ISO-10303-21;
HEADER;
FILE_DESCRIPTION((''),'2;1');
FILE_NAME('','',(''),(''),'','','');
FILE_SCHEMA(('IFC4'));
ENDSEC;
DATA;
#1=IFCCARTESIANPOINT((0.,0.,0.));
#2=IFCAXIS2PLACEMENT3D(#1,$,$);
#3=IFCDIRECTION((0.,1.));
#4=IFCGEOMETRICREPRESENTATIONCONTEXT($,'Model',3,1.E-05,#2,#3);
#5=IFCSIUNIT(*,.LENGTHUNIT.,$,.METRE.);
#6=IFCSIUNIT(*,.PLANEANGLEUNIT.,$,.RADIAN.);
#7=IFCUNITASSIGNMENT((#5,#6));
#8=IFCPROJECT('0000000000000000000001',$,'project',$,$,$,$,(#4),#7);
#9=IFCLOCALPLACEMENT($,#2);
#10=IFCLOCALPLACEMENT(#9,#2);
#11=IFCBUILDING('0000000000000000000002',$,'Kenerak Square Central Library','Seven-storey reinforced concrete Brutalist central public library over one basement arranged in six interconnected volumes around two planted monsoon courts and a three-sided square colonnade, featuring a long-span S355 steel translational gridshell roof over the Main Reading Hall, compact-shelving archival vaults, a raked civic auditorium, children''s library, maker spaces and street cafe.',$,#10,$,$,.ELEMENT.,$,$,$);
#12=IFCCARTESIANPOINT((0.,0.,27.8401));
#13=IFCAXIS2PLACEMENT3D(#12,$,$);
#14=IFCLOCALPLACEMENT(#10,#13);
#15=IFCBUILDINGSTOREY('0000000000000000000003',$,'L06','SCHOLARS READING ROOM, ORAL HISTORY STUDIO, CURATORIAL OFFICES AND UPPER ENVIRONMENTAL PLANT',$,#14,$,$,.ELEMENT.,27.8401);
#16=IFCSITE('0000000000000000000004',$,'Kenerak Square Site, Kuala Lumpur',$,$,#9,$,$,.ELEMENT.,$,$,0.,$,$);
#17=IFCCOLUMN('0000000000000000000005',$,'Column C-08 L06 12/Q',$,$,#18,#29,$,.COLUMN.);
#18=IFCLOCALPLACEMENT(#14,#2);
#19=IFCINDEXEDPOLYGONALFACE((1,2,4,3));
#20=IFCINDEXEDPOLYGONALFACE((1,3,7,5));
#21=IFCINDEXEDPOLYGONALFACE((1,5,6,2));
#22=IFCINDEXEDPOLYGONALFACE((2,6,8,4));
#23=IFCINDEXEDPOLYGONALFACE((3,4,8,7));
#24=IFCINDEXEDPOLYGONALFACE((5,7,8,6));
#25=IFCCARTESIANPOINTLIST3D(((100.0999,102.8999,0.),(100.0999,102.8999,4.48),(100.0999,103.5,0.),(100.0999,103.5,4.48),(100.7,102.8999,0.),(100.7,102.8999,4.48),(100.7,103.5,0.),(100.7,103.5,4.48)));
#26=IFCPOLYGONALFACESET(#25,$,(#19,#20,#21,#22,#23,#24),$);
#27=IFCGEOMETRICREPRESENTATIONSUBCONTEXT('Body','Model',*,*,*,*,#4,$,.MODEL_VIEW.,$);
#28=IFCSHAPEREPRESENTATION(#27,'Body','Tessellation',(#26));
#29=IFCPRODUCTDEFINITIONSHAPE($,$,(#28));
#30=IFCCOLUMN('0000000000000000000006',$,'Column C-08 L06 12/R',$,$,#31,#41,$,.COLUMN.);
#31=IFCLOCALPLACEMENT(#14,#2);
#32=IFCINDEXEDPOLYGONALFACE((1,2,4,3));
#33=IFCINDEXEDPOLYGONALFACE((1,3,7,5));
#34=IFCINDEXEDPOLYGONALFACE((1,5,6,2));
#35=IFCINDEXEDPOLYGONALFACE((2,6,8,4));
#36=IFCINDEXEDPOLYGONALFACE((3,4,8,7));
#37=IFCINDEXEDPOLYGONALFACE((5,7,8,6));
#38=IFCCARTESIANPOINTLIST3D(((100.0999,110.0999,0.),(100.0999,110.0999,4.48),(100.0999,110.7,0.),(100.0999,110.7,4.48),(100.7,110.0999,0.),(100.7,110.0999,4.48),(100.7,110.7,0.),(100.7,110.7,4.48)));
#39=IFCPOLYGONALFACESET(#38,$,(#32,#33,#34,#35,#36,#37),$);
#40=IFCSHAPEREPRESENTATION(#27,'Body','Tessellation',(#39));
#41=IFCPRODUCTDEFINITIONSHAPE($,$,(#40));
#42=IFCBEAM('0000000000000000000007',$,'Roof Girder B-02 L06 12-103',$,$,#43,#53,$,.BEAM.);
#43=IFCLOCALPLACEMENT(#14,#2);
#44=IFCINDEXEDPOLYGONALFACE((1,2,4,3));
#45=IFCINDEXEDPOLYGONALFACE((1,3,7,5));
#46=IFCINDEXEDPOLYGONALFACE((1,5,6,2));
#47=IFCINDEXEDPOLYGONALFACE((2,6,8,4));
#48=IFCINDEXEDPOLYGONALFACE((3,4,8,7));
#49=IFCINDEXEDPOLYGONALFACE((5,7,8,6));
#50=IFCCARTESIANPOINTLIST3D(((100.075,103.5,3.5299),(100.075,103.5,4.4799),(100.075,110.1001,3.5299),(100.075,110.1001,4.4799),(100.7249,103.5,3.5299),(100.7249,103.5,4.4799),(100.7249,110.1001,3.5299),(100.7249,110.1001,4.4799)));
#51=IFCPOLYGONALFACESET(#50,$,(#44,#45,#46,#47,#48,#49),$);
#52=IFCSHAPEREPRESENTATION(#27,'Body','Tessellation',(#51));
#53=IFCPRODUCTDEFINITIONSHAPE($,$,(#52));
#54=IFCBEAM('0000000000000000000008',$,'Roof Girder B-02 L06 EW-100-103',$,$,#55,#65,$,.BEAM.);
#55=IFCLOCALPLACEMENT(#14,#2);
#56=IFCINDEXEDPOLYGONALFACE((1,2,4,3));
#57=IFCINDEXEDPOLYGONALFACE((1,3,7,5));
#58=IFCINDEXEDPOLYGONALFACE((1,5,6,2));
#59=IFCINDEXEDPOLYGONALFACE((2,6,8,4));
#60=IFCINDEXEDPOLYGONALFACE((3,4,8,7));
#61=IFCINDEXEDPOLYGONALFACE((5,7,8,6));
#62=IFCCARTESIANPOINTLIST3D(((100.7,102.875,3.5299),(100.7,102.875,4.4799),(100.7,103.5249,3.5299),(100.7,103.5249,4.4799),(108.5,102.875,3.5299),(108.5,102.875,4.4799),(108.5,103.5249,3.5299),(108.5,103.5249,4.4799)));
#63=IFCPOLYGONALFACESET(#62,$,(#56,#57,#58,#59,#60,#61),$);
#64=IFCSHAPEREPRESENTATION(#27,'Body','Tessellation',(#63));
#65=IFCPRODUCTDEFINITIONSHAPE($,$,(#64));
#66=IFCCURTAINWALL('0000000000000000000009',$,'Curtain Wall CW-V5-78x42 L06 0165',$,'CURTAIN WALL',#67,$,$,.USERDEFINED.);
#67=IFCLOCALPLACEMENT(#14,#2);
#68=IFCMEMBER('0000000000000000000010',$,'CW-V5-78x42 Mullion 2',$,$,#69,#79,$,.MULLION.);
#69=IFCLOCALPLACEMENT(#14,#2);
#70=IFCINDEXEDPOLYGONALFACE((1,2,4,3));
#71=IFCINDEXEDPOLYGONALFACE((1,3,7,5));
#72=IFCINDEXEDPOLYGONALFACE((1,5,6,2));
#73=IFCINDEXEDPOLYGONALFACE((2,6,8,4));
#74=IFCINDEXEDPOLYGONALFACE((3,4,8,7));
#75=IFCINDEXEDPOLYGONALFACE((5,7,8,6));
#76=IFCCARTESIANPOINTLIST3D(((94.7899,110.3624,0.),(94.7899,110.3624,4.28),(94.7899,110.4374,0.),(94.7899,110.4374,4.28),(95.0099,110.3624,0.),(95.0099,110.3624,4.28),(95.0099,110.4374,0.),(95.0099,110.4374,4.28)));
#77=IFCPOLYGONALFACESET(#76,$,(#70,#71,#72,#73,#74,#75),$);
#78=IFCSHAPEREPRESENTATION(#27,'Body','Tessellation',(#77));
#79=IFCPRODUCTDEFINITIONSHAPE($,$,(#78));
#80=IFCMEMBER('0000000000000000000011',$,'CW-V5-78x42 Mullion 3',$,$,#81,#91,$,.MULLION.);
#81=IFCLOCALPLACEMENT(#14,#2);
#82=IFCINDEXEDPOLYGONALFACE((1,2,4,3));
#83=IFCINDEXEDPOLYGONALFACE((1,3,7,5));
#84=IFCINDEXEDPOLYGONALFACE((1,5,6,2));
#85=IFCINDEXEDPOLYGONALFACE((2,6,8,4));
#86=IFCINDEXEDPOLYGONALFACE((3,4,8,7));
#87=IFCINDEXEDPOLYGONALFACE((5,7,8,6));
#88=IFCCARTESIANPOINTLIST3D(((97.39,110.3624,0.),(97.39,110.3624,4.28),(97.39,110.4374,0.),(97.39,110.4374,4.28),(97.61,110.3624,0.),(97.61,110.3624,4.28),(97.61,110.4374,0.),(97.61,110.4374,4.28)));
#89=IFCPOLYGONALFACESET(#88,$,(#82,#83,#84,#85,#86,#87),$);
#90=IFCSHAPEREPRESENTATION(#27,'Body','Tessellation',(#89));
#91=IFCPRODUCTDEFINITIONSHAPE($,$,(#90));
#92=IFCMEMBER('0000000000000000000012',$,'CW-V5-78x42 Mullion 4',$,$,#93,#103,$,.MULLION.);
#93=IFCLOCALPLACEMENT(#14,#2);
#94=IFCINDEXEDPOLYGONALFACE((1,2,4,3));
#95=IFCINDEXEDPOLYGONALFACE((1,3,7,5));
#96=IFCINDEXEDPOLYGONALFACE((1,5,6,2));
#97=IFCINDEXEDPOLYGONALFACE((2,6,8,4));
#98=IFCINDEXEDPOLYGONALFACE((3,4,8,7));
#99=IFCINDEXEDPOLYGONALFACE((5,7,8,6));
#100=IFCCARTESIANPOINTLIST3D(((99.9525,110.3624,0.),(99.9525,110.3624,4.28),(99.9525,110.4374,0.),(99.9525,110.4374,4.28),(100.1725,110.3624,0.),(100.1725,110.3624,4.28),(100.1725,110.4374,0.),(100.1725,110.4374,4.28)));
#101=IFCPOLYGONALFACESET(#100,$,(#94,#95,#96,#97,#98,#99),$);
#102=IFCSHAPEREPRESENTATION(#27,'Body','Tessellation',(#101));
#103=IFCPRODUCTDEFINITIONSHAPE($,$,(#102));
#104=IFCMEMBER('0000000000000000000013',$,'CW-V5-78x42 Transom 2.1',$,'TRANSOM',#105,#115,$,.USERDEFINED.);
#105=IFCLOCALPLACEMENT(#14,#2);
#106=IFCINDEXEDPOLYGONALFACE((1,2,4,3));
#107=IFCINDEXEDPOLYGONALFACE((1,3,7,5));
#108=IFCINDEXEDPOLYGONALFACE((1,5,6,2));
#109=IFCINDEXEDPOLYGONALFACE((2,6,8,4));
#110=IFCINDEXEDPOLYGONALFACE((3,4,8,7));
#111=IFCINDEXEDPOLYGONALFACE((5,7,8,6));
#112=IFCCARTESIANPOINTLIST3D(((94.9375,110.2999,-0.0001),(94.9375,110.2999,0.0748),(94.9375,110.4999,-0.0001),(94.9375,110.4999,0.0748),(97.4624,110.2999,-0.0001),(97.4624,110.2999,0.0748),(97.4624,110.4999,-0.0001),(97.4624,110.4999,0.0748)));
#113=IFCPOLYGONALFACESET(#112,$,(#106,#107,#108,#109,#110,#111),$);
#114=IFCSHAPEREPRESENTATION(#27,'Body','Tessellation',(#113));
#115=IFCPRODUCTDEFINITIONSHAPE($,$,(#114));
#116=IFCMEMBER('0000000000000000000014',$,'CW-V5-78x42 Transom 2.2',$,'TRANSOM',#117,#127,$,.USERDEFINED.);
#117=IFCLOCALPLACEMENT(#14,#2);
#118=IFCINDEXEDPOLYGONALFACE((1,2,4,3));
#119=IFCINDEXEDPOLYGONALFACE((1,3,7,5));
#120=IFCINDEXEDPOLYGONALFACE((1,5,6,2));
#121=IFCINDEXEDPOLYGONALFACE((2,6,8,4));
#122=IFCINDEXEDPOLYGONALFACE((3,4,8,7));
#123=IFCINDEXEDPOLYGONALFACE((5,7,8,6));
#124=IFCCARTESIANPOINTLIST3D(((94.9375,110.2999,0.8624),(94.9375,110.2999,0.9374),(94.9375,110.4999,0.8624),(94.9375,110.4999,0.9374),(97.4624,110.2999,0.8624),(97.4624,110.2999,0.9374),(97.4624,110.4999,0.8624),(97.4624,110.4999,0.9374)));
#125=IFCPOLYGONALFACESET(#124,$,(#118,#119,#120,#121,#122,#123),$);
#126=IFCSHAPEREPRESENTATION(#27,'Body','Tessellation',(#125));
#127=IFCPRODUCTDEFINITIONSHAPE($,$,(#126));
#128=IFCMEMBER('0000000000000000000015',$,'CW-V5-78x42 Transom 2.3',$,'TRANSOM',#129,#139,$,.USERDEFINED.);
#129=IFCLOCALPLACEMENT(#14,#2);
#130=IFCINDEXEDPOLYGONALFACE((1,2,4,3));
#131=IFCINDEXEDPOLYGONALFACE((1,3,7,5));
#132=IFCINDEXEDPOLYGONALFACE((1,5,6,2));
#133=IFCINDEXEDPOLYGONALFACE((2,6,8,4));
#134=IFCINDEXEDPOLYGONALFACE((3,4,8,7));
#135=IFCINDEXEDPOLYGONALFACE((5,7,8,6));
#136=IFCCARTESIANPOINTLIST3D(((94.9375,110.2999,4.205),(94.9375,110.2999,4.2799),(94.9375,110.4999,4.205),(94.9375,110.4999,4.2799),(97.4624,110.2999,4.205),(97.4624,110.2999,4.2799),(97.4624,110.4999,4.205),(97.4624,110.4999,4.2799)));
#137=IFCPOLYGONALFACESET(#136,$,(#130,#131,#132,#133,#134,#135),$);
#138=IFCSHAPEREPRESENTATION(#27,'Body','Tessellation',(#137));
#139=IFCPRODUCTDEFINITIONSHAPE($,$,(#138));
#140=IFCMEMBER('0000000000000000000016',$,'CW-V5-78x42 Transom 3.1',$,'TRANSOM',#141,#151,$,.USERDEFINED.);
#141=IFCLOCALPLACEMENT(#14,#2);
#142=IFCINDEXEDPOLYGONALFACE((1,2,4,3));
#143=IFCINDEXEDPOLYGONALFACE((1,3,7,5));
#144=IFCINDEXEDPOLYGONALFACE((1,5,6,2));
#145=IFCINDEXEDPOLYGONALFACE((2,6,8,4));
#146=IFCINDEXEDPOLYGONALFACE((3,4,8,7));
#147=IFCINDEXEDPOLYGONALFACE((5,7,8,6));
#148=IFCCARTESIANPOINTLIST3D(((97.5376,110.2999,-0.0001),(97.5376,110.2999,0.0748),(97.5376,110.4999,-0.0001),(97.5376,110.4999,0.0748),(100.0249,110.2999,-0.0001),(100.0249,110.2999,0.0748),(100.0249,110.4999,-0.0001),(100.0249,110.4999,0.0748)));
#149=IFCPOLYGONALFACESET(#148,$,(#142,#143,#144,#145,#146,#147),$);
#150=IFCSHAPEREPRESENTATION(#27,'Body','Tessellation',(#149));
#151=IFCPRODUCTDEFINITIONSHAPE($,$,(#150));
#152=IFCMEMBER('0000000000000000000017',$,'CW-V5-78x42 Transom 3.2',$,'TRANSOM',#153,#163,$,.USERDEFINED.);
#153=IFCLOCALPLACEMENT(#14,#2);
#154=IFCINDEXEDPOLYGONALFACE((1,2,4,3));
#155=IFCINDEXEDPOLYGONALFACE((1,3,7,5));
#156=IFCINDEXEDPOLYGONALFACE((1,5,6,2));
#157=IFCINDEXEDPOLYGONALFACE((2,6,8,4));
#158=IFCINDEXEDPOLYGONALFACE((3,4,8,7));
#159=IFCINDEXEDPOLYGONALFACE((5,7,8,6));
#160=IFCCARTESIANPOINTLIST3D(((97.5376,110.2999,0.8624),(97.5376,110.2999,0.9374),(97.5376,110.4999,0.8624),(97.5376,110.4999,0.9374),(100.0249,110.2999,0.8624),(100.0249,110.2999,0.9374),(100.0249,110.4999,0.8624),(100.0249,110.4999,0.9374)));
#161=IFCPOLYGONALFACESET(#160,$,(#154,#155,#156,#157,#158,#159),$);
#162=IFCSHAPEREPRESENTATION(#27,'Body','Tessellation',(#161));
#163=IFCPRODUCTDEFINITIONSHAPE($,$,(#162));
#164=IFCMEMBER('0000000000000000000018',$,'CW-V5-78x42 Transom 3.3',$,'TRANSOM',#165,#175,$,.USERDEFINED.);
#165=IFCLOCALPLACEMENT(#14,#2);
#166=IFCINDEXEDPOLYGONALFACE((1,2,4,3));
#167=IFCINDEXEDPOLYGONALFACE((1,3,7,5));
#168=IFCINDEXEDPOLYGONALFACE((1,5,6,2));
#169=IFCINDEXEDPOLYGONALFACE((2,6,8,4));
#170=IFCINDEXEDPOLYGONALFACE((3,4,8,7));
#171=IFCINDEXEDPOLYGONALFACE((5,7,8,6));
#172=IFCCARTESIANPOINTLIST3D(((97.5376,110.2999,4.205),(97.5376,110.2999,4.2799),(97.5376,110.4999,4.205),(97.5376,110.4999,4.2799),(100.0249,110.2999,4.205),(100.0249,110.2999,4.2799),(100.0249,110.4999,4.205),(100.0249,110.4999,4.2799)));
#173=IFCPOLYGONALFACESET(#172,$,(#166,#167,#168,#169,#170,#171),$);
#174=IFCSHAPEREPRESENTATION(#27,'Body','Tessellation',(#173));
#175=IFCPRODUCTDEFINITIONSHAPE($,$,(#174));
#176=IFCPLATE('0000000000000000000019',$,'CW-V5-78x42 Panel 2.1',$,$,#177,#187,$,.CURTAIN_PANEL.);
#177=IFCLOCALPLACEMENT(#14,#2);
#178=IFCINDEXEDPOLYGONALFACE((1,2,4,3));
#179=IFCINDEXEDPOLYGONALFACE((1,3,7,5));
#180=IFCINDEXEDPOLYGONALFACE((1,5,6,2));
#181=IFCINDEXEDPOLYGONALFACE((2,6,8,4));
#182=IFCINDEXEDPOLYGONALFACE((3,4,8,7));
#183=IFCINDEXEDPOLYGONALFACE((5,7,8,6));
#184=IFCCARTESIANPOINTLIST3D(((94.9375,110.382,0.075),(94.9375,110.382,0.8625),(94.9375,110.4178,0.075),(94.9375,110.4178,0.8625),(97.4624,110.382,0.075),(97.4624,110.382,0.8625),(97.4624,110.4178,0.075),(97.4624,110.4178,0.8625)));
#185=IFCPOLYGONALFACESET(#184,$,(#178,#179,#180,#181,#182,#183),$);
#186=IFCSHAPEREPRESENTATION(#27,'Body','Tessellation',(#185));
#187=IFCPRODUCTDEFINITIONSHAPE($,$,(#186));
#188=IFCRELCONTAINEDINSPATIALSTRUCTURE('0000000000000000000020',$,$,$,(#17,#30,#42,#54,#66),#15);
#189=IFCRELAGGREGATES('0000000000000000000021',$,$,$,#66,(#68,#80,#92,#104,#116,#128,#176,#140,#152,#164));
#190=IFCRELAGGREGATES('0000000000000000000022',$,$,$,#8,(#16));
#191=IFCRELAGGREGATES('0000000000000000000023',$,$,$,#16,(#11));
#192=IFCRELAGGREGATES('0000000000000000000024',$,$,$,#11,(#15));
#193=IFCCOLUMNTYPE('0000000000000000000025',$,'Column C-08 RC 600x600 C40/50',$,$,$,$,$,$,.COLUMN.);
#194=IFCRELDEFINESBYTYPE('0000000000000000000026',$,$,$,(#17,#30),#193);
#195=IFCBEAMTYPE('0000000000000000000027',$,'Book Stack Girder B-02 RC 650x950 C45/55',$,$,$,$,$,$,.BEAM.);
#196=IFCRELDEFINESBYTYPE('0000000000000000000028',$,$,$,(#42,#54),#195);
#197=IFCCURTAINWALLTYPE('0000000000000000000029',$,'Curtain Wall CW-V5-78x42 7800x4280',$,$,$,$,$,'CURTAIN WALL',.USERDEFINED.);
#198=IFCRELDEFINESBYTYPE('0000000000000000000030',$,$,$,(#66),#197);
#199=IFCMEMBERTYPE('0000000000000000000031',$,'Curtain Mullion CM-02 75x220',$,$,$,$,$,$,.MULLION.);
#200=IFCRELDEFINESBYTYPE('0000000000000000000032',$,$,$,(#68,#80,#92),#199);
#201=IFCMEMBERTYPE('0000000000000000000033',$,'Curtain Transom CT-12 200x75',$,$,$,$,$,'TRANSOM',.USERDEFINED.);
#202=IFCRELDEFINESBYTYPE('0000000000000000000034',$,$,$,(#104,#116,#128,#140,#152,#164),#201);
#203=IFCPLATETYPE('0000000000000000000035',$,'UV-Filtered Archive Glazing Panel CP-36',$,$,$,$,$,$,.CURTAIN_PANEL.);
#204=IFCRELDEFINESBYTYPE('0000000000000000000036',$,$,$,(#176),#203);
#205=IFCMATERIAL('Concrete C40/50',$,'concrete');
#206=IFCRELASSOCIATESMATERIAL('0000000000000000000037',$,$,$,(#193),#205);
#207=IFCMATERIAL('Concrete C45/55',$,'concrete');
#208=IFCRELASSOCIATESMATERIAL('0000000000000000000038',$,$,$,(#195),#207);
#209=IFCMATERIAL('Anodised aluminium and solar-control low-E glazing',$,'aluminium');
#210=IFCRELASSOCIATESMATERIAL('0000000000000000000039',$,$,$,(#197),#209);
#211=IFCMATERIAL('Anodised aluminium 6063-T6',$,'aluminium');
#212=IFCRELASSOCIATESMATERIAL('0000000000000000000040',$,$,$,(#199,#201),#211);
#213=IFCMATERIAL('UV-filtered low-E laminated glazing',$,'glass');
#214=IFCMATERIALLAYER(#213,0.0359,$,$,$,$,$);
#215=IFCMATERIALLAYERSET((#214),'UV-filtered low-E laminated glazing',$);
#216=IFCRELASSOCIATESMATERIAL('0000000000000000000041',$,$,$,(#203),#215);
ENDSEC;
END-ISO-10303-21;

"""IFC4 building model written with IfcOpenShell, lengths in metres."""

from ifc_helpers import new_model, si_unit, direction, frame, origin, origin_2d, place, context, subcontext, project, spatial, rectangle, extrude, material, layer, layer_set, material_profile, profile_set, type_object, element, aggregate, save


model = new_model("IFC4")

# Units and contexts
model_context = context("Model", 3, precision=1e-05, world=origin(), true_north=direction((0.0, 1.0)))
body_context = subcontext(model_context, "Body", "Model", "MODEL_VIEW")
ifc_project = project(units=[si_unit("LENGTHUNIT", "METRE"), si_unit("PLANEANGLEUNIT", "RADIAN")], contexts=[model_context])

# Site, building, storey
site_placement = place(None, origin())
site = spatial("IfcSite", under=ifc_project, at=site_placement, Name="Kenerak Square Site, Kuala Lumpur", CompositionType="ELEMENT", RefElevation=0.0)
building_placement = place(site_placement, origin())
building = spatial("IfcBuilding", under=site, at=building_placement, Name="Kenerak Square Central Library", Description="Seven-storey reinforced concrete Brutalist central public library over one basement arranged in six interconnected volumes around two planted monsoon courts and a three-sided square colonnade, featuring a long-span S355 steel translational gridshell roof over the Main Reading Hall, compact-shelving archival vaults, a raked civic auditorium, children's library, maker spaces and street cafe.", CompositionType="ELEMENT")
storey_placement = place(building_placement, frame((0.0, 0.0, 27.8401)))
storey = spatial("IfcBuildingStorey", under=building, at=storey_placement, Name="L06", Description="SCHOLARS READING ROOM, ORAL HISTORY STUDIO, CURATORIAL OFFICES AND UPPER ENVIRONMENTAL PLANT", CompositionType="ELEMENT", Elevation=27.8401)

# Columns
ifc_material_1 = material(Name="Concrete C40/50", Category="concrete")
ifc_material_profile_1 = material_profile(ifc_material_1, rectangle(XDim=0.6001, YDim=0.6001, at=origin_2d()), Name="RC 600x600")
ifc_profile_set_1 = profile_set([ifc_material_profile_1], Name="Concrete C40/50")
column_type = type_object("IfcColumnType", Name="Column C-08 RC 600x600 C40/50", PredefinedType="COLUMN", material=ifc_profile_set_1)
for number, where, z_axis, x_axis, name in (
    (1, (100.3999, 103.2, 0.0), (0.0, 0.0, 1.0), (1.0, 0.0, 0.0), "Column C-08 L06 12/Q"),
    (2, (100.3999, 110.3999, 0.0), (0.0, 0.0, 1.0), (1.0, 0.0, 0.0), "Column C-08 L06 12/R"),
):
    element("IfcColumn", number, at=place(storey_placement, frame(where, z_axis=z_axis, x_axis=x_axis)), inside=storey, type_object=column_type, Name=name, PredefinedType="COLUMN", context=body_context, shape_type="SweptSolid", body=[
        extrude(rectangle(XDim=0.6001, YDim=0.6001, at=origin_2d()), origin(), (0.0, 0.0, 1.0), 4.48),
    ])

# Beams
ifc_material_2 = material(Name="Concrete C45/55", Category="concrete")
ifc_material_profile_2 = material_profile(ifc_material_2, rectangle(XDim=0.6499, YDim=0.95, at=origin_2d()), Name="RC 650x950")
ifc_profile_set_2 = profile_set([ifc_material_profile_2], Name="Concrete C45/55")
beam_type = type_object("IfcBeamType", Name="Book Stack Girder B-02 RC 650x950 C45/55", PredefinedType="BEAM", material=ifc_profile_set_2)
beam_1_placement = place(storey_placement, frame((100.3999, 103.5, 4.0049), z_axis=(0.0, 1.0, 0.0), x_axis=(-1.0, 0.0, 0.0)))
element("IfcBeam", 3, at=beam_1_placement, inside=storey, type_object=beam_type, Name="Roof Girder B-02 L06 12-103", PredefinedType="BEAM", context=body_context, shape_type="SweptSolid", body=[
    extrude(rectangle(XDim=0.6499, YDim=0.95, at=origin_2d()), origin(), (0.0, 0.0, 1.0), 6.6001),
])
beam_2_placement = place(storey_placement, frame((100.7, 103.2, 4.0049), z_axis=(1.0, 0.0, 0.0), x_axis=(0.0, 1.0, 0.0)))
element("IfcBeam", 4, at=beam_2_placement, inside=storey, type_object=beam_type, Name="Roof Girder B-02 L06 EW-100-103", PredefinedType="BEAM", context=body_context, shape_type="SweptSolid", body=[
    extrude(rectangle(XDim=0.6499, YDim=0.95, at=origin_2d()), origin(), (0.0, 0.0, 1.0), 7.8),
])

# Curtain wall, members, plate
ifc_material_3 = material(Name="Anodised aluminium and solar-control low-E glazing", Category="aluminium")
curtain_wall_type = type_object("IfcCurtainWallType", Name="Curtain Wall CW-V5-78x42 7800x4280", ElementType="CURTAIN WALL", PredefinedType="USERDEFINED", material=ifc_material_3)
curtain_wall_placement = place(storey_placement, origin())
curtain_wall = element("IfcCurtainWall", 5, at=curtain_wall_placement, inside=storey, type_object=curtain_wall_type, Name="Curtain Wall CW-V5-78x42 L06 0165", ObjectType="CURTAIN WALL", PredefinedType="USERDEFINED")
ifc_material_4 = material(Name="Anodised aluminium 6063-T6", Category="aluminium")
ifc_material_profile_3 = material_profile(ifc_material_4, rectangle(XDim=0.075, YDim=0.22, at=origin_2d()), Name="AL MULLION 75x220")
ifc_profile_set_3 = profile_set([ifc_material_profile_3], Name="Anodised aluminium 6063-T6")
member_type_1 = type_object("IfcMemberType", Name="Curtain Mullion CM-02 75x220", PredefinedType="MULLION", material=ifc_profile_set_3)
member_1_placement = place(storey_placement, frame((94.8999, 110.3999, 0.0), z_axis=(0.0, 0.0, 1.0), x_axis=(0.0, 1.0, 0.0)))
member_1 = element("IfcMember", 6, at=member_1_placement, type_object=member_type_1, Name="CW-V5-78x42 Mullion 2", PredefinedType="MULLION", context=body_context, shape_type="SweptSolid", body=[
    extrude(rectangle(XDim=0.075, YDim=0.22, at=origin_2d()), origin(), (0.0, 0.0, 1.0), 4.28),
])
member_2_placement = place(storey_placement, frame((97.5, 110.3999, 0.0), z_axis=(0.0, 0.0, 1.0), x_axis=(0.0, 1.0, 0.0)))
member_2 = element("IfcMember", 7, at=member_2_placement, type_object=member_type_1, Name="CW-V5-78x42 Mullion 3", PredefinedType="MULLION", context=body_context, shape_type="SweptSolid", body=[
    extrude(rectangle(XDim=0.075, YDim=0.22, at=origin_2d()), origin(), (0.0, 0.0, 1.0), 4.28),
])
member_3_placement = place(storey_placement, frame((100.0625, 110.3999, 0.0), z_axis=(0.0, 0.0, 1.0), x_axis=(0.0, 1.0, 0.0)))
member_3 = element("IfcMember", 8, at=member_3_placement, type_object=member_type_1, Name="CW-V5-78x42 Mullion 4", PredefinedType="MULLION", context=body_context, shape_type="SweptSolid", body=[
    extrude(rectangle(XDim=0.075, YDim=0.22, at=origin_2d()), origin(), (0.0, 0.0, 1.0), 4.28),
])
ifc_material_profile_4 = material_profile(ifc_material_4, rectangle(XDim=0.2, YDim=0.075, at=origin_2d()), Name="AL TRANSOM 200x75")
ifc_profile_set_4 = profile_set([ifc_material_profile_4], Name="Anodised aluminium 6063-T6")
member_type_2 = type_object("IfcMemberType", Name="Curtain Transom CT-12 200x75", ElementType="TRANSOM", PredefinedType="USERDEFINED", material=ifc_profile_set_4)
member_4_placement = place(storey_placement, frame((94.9375, 110.3999, 0.0374), z_axis=(1.0, 0.0, 0.0), x_axis=(0.0, 1.0, 0.0)))
member_4 = element("IfcMember", 9, at=member_4_placement, type_object=member_type_2, Name="CW-V5-78x42 Transom 2.1", ObjectType="TRANSOM", PredefinedType="USERDEFINED", context=body_context, shape_type="SweptSolid", body=[
    extrude(rectangle(XDim=0.2, YDim=0.075, at=origin_2d()), origin(), (0.0, 0.0, 1.0), 2.5249),
])
member_5_placement = place(storey_placement, frame((94.9375, 110.3999, 0.8999), z_axis=(1.0, 0.0, 0.0), x_axis=(0.0, 1.0, 0.0)))
member_5 = element("IfcMember", 10, at=member_5_placement, type_object=member_type_2, Name="CW-V5-78x42 Transom 2.2", ObjectType="TRANSOM", PredefinedType="USERDEFINED", context=body_context, shape_type="SweptSolid", body=[
    extrude(rectangle(XDim=0.2, YDim=0.075, at=origin_2d()), origin(), (0.0, 0.0, 1.0), 2.5249),
])
member_6_placement = place(storey_placement, frame((94.9375, 110.3999, 4.2424), z_axis=(1.0, 0.0, 0.0), x_axis=(0.0, 1.0, 0.0)))
member_6 = element("IfcMember", 11, at=member_6_placement, type_object=member_type_2, Name="CW-V5-78x42 Transom 2.3", ObjectType="TRANSOM", PredefinedType="USERDEFINED", context=body_context, shape_type="SweptSolid", body=[
    extrude(rectangle(XDim=0.2, YDim=0.075, at=origin_2d()), origin(), (0.0, 0.0, 1.0), 2.5249),
])
member_7_placement = place(storey_placement, frame((97.5376, 110.3999, 0.0374), z_axis=(1.0, 0.0, 0.0), x_axis=(0.0, 1.0, 0.0)))
member_7 = element("IfcMember", 12, at=member_7_placement, type_object=member_type_2, Name="CW-V5-78x42 Transom 3.1", ObjectType="TRANSOM", PredefinedType="USERDEFINED", context=body_context, shape_type="SweptSolid", body=[
    extrude(rectangle(XDim=0.2, YDim=0.075, at=origin_2d()), origin(), (0.0, 0.0, 1.0), 2.4873),
])
member_8_placement = place(storey_placement, frame((97.5376, 110.3999, 0.8999), z_axis=(1.0, 0.0, 0.0), x_axis=(0.0, 1.0, 0.0)))
member_8 = element("IfcMember", 13, at=member_8_placement, type_object=member_type_2, Name="CW-V5-78x42 Transom 3.2", ObjectType="TRANSOM", PredefinedType="USERDEFINED", context=body_context, shape_type="SweptSolid", body=[
    extrude(rectangle(XDim=0.2, YDim=0.075, at=origin_2d()), origin(), (0.0, 0.0, 1.0), 2.4873),
])
member_9_placement = place(storey_placement, frame((97.5376, 110.3999, 4.2424), z_axis=(1.0, 0.0, 0.0), x_axis=(0.0, 1.0, 0.0)))
member_9 = element("IfcMember", 14, at=member_9_placement, type_object=member_type_2, Name="CW-V5-78x42 Transom 3.3", ObjectType="TRANSOM", PredefinedType="USERDEFINED", context=body_context, shape_type="SweptSolid", body=[
    extrude(rectangle(XDim=0.2, YDim=0.075, at=origin_2d()), origin(), (0.0, 0.0, 1.0), 2.4873),
])
ifc_material_5 = material(Name="UV-filtered low-E laminated glazing", Category="glass")
ifc_layer_1 = layer(ifc_material_5, 0.0359)
ifc_layer_set_1 = layer_set([ifc_layer_1], Name="UV-filtered low-E laminated glazing")
plate_type = type_object("IfcPlateType", Name="UV-Filtered Archive Glazing Panel CP-36", PredefinedType="CURTAIN_PANEL", material=ifc_layer_set_1)
plate_1_placement = place(storey_placement, frame((96.2, 110.3999, 0.075), z_axis=(0.0, 0.0, 1.0), x_axis=(1.0, 0.0, 0.0)))
plate_1 = element("IfcPlate", 15, at=plate_1_placement, type_object=plate_type, Name="CW-V5-78x42 Panel 2.1", PredefinedType="CURTAIN_PANEL", context=body_context, shape_type="SweptSolid", body=[
    extrude(rectangle(XDim=2.5249, YDim=0.0359, at=origin_2d()), origin(), (0.0, 0.0, 1.0), 0.7876),
])
aggregate(curtain_wall, [member_1, member_2, member_3, member_4, member_5, member_6, plate_1, member_7, member_8, member_9])

save(model, "model.ifc")
